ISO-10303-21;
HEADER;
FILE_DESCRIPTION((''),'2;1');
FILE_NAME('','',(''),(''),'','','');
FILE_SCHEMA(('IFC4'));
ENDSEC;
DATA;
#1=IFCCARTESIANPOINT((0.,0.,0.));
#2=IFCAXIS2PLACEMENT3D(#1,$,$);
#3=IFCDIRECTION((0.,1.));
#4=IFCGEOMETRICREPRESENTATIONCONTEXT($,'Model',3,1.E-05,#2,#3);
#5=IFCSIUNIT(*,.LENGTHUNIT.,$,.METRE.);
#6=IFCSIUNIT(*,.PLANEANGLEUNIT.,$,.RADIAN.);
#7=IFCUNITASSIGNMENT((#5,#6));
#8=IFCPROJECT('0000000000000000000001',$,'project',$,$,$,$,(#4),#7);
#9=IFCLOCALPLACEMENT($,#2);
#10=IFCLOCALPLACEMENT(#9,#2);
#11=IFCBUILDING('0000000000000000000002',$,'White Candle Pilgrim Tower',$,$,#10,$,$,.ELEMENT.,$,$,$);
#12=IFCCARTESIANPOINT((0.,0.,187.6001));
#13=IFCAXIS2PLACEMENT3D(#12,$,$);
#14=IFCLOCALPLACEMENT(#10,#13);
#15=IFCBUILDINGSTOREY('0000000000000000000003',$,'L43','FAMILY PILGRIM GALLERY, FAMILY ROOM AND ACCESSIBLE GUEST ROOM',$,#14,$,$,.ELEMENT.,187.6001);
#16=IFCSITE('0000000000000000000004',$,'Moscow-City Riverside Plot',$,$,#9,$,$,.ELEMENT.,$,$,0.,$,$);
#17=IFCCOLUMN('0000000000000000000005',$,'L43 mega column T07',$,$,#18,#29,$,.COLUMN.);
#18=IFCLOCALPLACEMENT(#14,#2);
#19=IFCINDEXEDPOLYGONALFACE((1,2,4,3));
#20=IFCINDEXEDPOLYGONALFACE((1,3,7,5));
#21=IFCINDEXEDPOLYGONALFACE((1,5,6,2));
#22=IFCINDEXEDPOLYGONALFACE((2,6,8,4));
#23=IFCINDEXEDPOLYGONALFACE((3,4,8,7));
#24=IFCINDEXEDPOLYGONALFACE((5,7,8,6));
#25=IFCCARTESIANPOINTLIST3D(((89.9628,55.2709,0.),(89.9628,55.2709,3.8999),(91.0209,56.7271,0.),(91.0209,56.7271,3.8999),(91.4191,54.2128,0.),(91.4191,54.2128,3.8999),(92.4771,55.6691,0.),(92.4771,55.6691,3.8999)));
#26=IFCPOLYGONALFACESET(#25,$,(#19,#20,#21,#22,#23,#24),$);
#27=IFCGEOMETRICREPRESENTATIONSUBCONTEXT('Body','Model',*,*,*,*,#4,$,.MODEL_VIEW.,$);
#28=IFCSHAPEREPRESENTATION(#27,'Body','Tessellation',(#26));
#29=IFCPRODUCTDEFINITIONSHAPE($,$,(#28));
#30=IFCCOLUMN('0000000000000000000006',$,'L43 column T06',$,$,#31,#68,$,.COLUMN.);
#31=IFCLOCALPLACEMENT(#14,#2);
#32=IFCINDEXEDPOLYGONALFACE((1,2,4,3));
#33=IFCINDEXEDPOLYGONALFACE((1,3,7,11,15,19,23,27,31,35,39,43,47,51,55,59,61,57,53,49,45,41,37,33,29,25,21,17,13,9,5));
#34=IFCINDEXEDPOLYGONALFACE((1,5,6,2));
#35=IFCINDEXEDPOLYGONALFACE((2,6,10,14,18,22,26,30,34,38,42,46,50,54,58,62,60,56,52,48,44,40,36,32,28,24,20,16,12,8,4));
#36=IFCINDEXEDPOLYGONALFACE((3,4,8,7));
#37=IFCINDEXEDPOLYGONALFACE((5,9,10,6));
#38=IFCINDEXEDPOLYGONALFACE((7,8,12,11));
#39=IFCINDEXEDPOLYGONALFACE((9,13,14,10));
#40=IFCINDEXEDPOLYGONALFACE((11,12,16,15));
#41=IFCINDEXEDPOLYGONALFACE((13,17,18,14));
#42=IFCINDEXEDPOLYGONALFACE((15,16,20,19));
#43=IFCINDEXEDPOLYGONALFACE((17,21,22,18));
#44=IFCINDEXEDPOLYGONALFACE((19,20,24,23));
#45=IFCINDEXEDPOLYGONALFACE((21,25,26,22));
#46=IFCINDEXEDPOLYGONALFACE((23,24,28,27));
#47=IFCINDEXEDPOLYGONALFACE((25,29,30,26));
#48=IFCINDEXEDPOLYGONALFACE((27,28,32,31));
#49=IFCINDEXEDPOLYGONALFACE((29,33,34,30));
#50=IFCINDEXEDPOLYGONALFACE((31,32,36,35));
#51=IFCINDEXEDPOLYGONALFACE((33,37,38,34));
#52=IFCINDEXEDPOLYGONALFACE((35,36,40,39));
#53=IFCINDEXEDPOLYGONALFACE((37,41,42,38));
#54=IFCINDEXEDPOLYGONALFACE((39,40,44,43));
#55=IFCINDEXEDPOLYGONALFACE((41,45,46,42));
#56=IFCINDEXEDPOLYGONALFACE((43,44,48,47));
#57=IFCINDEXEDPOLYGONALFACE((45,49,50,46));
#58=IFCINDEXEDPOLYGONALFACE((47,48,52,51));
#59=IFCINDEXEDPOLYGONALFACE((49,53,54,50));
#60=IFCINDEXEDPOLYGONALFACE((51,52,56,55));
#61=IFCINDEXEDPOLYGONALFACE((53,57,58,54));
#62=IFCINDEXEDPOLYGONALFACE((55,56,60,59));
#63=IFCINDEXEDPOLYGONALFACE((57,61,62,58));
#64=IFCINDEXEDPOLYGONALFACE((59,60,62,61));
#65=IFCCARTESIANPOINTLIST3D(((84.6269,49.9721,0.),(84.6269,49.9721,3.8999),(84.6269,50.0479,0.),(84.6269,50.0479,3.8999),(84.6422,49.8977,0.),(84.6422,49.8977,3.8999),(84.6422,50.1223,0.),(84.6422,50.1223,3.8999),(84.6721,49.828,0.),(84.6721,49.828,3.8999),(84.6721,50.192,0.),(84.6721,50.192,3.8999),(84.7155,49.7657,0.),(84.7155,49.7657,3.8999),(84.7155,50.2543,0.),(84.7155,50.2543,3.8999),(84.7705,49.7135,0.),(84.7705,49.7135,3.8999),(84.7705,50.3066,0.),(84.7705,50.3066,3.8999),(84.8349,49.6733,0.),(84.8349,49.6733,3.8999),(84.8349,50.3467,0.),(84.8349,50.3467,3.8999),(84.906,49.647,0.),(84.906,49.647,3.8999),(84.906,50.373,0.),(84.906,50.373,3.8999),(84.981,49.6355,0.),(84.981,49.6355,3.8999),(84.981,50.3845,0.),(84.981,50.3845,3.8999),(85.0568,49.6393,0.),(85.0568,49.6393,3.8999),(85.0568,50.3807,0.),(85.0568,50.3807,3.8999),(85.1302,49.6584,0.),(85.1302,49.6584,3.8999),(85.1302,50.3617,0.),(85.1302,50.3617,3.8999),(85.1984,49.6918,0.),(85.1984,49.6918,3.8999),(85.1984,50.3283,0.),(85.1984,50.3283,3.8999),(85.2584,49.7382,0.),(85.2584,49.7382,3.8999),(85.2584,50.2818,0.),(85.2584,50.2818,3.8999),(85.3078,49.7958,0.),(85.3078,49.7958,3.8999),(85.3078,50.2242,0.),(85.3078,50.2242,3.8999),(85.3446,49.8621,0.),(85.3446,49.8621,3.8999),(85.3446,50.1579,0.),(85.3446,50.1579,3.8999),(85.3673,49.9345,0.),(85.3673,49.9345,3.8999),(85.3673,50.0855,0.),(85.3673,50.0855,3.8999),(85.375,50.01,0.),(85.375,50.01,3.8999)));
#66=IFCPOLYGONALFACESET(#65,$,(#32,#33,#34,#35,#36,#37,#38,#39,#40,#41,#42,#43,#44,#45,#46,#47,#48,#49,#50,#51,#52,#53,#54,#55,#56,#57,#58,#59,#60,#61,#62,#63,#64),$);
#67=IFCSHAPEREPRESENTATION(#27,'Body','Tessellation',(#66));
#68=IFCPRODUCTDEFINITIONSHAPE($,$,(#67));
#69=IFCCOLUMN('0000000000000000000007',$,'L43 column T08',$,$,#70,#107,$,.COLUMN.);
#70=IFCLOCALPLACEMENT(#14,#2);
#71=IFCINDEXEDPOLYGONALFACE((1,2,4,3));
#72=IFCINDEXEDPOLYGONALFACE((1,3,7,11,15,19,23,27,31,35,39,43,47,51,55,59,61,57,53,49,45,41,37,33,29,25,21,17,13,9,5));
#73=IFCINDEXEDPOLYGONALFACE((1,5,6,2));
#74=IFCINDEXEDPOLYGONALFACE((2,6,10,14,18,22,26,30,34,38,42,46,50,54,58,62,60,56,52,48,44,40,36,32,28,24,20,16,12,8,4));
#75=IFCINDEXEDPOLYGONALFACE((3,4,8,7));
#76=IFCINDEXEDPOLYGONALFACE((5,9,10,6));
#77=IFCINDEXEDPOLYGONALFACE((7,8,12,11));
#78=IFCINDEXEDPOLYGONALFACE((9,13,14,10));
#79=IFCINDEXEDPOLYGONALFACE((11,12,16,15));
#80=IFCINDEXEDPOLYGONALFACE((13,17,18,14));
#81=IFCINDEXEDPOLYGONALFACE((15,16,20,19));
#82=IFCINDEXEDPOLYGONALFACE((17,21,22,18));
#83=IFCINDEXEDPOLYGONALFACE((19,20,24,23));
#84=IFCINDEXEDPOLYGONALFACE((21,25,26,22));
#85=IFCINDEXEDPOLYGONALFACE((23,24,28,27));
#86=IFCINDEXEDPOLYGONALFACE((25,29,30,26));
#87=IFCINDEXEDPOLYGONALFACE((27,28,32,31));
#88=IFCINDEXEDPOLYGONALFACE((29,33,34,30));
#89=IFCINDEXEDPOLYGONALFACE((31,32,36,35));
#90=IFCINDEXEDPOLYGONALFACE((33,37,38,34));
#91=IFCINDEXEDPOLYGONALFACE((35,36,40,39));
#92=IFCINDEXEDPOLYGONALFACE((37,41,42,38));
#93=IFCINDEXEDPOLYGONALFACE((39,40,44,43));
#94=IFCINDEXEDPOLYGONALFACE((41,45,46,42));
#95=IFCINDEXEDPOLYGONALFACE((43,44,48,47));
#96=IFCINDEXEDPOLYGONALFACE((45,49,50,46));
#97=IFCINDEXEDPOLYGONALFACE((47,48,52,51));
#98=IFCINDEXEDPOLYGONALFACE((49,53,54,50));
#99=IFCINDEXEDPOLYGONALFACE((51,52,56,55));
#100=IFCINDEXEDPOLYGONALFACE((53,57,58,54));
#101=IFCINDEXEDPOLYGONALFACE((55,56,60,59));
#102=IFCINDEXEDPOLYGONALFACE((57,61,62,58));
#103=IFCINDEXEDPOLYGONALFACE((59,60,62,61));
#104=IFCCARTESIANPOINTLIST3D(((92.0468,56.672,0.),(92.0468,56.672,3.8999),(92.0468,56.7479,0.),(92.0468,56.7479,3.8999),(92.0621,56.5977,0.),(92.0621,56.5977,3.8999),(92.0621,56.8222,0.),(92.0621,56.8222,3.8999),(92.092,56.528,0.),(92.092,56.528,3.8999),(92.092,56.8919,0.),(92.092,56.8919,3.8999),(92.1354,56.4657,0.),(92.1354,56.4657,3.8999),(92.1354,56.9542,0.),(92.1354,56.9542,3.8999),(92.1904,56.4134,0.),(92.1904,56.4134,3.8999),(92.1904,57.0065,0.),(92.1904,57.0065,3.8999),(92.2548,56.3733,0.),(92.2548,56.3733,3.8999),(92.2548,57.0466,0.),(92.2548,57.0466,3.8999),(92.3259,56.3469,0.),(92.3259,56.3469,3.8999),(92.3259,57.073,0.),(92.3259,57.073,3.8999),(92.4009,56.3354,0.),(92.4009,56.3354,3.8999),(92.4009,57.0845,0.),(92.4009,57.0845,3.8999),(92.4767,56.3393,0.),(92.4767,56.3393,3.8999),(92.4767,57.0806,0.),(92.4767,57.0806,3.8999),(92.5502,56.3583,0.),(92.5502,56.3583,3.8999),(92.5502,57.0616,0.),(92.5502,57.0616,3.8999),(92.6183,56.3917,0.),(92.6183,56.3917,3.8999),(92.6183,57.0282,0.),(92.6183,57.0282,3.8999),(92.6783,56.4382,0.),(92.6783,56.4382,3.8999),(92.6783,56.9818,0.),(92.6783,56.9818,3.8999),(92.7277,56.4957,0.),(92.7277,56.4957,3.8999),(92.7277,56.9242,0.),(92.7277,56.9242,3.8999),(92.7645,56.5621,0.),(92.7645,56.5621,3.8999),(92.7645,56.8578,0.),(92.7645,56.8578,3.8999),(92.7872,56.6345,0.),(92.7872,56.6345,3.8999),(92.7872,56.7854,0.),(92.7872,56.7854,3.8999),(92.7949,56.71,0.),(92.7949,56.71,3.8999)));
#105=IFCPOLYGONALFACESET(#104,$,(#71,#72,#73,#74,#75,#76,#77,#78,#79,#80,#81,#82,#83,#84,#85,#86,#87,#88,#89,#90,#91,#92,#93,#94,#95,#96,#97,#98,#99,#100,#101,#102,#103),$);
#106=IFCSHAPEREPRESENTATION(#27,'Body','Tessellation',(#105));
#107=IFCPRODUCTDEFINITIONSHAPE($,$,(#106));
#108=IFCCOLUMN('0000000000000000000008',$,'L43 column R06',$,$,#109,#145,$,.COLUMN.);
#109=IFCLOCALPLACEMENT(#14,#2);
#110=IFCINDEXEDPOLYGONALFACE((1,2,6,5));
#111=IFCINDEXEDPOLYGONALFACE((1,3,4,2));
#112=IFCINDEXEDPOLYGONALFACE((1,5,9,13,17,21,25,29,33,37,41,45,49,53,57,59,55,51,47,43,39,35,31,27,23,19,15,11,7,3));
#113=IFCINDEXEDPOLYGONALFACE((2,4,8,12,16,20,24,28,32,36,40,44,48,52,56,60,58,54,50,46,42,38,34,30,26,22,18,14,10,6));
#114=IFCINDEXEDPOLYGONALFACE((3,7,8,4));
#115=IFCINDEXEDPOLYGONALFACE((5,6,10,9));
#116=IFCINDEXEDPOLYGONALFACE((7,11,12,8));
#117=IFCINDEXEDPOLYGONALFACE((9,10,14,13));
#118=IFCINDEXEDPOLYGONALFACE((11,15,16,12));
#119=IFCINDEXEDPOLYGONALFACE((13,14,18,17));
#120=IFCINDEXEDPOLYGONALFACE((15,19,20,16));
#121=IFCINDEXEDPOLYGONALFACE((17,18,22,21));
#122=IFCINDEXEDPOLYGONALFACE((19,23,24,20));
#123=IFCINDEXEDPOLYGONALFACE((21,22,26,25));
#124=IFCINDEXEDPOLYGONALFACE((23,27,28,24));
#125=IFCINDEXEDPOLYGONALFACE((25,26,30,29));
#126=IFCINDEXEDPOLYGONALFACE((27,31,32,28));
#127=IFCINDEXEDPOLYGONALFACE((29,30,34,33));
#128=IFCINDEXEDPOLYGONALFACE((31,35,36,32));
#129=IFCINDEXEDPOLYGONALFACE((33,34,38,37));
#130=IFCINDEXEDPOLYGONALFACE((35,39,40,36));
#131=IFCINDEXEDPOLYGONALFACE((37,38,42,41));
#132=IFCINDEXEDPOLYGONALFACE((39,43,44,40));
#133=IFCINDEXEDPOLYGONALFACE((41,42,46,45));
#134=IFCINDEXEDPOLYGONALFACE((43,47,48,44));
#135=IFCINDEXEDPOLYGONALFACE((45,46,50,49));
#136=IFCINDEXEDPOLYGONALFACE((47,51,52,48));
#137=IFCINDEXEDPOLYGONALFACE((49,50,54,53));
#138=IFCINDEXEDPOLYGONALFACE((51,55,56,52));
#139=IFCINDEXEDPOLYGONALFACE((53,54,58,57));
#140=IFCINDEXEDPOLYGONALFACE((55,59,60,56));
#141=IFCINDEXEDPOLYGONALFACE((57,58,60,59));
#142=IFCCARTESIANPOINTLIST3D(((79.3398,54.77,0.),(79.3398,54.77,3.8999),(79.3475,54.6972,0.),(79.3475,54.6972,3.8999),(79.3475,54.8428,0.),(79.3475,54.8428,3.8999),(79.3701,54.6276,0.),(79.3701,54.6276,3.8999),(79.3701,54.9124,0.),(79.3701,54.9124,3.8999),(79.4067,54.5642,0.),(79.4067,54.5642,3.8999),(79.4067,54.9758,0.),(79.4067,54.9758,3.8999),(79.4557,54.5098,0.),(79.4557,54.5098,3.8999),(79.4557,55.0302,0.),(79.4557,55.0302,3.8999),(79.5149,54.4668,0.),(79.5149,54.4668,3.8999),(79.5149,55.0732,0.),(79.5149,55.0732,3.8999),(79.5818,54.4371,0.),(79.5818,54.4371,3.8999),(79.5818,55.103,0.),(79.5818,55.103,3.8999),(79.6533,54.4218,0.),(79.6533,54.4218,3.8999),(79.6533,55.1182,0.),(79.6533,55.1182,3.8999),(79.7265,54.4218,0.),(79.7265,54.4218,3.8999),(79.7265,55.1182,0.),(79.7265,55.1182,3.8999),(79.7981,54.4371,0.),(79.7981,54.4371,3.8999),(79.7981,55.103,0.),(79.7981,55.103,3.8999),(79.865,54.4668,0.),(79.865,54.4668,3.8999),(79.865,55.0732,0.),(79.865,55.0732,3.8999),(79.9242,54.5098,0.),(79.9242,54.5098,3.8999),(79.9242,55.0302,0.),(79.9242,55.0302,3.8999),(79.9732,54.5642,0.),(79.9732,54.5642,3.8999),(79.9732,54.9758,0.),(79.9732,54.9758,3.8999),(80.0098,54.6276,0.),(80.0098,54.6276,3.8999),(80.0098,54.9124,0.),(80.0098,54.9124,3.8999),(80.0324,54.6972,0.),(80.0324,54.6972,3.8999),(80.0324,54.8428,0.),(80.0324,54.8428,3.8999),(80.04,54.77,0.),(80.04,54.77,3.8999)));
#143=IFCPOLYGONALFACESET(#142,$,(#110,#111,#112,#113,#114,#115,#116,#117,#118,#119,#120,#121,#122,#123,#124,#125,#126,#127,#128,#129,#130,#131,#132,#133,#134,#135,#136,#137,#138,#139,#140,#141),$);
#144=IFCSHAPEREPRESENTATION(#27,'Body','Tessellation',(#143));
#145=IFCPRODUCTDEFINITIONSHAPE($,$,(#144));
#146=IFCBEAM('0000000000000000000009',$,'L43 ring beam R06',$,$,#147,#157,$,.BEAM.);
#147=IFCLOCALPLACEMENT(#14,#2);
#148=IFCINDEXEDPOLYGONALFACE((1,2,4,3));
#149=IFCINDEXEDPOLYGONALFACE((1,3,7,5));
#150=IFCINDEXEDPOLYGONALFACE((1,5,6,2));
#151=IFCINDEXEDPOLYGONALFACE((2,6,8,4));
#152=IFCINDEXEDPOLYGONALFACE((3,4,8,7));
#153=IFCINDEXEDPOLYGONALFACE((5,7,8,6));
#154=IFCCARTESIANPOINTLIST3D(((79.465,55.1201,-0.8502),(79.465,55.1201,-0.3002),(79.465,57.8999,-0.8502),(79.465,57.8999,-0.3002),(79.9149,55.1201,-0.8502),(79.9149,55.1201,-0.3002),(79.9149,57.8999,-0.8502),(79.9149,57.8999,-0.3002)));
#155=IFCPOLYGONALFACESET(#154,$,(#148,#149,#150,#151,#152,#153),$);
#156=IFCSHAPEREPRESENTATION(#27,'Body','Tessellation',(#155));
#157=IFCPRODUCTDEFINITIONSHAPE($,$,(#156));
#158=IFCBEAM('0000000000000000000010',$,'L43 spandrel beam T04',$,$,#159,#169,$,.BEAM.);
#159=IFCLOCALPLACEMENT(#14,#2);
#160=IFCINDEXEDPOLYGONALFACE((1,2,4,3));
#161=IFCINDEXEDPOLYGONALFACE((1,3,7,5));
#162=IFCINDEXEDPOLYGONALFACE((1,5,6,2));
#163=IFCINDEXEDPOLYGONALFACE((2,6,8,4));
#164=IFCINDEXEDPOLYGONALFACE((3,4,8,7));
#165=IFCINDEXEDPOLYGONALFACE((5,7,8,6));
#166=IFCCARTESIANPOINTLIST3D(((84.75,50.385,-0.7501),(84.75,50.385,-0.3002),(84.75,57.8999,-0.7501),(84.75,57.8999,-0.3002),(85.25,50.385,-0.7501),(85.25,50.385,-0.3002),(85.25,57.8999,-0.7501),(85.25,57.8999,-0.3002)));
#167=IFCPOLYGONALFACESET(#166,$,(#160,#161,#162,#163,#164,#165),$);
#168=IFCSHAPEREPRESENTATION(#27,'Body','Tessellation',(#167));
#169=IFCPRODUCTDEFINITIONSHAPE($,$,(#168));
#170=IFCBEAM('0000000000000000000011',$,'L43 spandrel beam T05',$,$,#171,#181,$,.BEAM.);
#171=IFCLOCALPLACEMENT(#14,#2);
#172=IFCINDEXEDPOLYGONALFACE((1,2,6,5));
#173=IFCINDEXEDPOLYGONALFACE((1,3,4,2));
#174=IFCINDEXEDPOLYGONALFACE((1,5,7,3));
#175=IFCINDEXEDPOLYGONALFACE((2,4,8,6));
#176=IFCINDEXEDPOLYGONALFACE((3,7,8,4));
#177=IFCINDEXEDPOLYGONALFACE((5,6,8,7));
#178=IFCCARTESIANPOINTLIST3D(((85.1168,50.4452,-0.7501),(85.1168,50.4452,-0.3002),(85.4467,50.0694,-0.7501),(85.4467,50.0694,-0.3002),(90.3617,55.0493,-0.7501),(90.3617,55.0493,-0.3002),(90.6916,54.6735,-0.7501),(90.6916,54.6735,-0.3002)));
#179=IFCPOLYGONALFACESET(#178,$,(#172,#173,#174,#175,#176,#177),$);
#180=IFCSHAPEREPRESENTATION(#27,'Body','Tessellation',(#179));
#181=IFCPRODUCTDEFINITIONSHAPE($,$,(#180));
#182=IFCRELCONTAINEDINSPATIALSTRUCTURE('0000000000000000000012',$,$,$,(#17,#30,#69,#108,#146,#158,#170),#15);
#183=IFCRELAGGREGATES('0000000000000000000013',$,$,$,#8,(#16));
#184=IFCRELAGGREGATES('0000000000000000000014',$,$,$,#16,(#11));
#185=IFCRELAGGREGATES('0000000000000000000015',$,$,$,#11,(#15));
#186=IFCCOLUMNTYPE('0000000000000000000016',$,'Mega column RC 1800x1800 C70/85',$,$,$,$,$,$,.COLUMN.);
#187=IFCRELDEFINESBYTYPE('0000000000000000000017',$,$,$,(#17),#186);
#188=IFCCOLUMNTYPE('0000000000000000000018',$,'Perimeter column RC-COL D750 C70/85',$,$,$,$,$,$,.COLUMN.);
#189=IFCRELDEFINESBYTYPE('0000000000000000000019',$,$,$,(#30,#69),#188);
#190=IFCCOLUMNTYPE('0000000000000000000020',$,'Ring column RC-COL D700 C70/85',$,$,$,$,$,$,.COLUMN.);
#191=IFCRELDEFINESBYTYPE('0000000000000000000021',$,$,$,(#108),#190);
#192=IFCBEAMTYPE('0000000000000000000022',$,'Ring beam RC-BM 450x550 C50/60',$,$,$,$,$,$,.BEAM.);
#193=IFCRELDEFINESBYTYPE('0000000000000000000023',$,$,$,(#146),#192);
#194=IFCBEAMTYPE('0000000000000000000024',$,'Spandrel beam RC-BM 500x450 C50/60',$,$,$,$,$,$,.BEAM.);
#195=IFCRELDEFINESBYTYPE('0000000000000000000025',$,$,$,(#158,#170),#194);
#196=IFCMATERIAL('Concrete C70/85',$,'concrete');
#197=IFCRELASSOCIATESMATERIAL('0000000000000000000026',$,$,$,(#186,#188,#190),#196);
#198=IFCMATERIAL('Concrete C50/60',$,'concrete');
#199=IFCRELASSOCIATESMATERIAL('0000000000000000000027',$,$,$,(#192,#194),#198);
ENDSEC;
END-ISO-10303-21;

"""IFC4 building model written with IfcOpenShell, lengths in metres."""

from ifc_helpers import new_model, si_unit, direction, frame, origin, origin_2d, place, context, subcontext, project, spatial, rectangle, circle, extrude, material, material_profile, profile_set, type_object, element, save


model = new_model("IFC4")

# Units and contexts
model_context = context("Model", 3, precision=1e-05, world=origin(), true_north=direction((0.0, 1.0)))
body_context = subcontext(model_context, "Body", "Model", "MODEL_VIEW")
ifc_project = project(units=[si_unit("LENGTHUNIT", "METRE"), si_unit("PLANEANGLEUNIT", "RADIAN")], contexts=[model_context])

# Site, building, storey
site_placement = place(None, origin())
site = spatial("IfcSite", under=ifc_project, at=site_placement, Name="Moscow-City Riverside Plot", CompositionType="ELEMENT", RefElevation=0.0)
building_placement = place(site_placement, origin())
building = spatial("IfcBuilding", under=site, at=building_placement, Name="White Candle Pilgrim Tower", CompositionType="ELEMENT")
storey_placement = place(building_placement, frame((0.0, 0.0, 187.6001)))
storey = spatial("IfcBuildingStorey", under=building, at=storey_placement, Name="L43", Description="FAMILY PILGRIM GALLERY, FAMILY ROOM AND ACCESSIBLE GUEST ROOM", CompositionType="ELEMENT", Elevation=187.6001)

# Columns
ifc_material_1 = material(Name="Concrete C70/85", Category="concrete")
ifc_material_profile_1 = material_profile(ifc_material_1, rectangle(XDim=1.8, YDim=1.8, at=origin_2d()), Name="RC 1800x1800")
ifc_profile_set_1 = profile_set([ifc_material_profile_1], Name="Concrete C70/85")
column_type_1 = type_object("IfcColumnType", Name="Mega column RC 1800x1800 C70/85", PredefinedType="COLUMN", material=ifc_profile_set_1)
column_1_placement = place(storey_placement, frame((91.22, 55.47, 0.0), z_axis=(0.0, 0.0, 1.0), x_axis=(0.809017, -0.587785, 0.0)))
element("IfcColumn", 1, at=column_1_placement, inside=storey, type_object=column_type_1, Name="L43 mega column T07", PredefinedType="COLUMN", context=body_context, shape_type="SweptSolid", body=[
    extrude(rectangle(XDim=1.8, YDim=1.8, at=origin_2d()), origin(), (0.0, 0.0, 1.0), 3.8999),
])
ifc_material_profile_2 = material_profile(ifc_material_1, circle(Radius=0.375, at=origin_2d()), Name="RC-COL D750")
ifc_profile_set_2 = profile_set([ifc_material_profile_2], Name="Concrete C70/85")
column_type_2 = type_object("IfcColumnType", Name="Perimeter column RC-COL D750 C70/85", PredefinedType="COLUMN", material=ifc_profile_set_2)
for number, where, z_axis, x_axis, name in (
    (2, (85.0, 50.01, 0.0), (0.0, 0.0, 1.0), (1.0, 0.0, 0.0), "L43 column T06"),
    (3, (92.4199, 56.71, 0.0), (0.0, 0.0, 1.0), (1.0, 0.0, 0.0), "L43 column T08"),
):
    element("IfcColumn", number, at=place(storey_placement, frame(where, z_axis=z_axis, x_axis=x_axis)), inside=storey, type_object=column_type_2, Name=name, PredefinedType="COLUMN", context=body_context, shape_type="SweptSolid", body=[
        extrude(circle(Radius=0.375, at=origin_2d()), origin(), (0.0, 0.0, 1.0), 3.8999),
    ])
ifc_material_profile_3 = material_profile(ifc_material_1, circle(Radius=0.3501, at=origin_2d()), Name="RC-COL D700")
ifc_profile_set_3 = profile_set([ifc_material_profile_3], Name="Concrete C70/85")
column_type_3 = type_object("IfcColumnType", Name="Ring column RC-COL D700 C70/85", PredefinedType="COLUMN", material=ifc_profile_set_3)
column_2_placement = place(storey_placement, frame((79.6899, 54.77, 0.0), z_axis=(0.0, 0.0, 1.0), x_axis=(1.0, 0.0, 0.0)))
element("IfcColumn", 4, at=column_2_placement, inside=storey, type_object=column_type_3, Name="L43 column R06", PredefinedType="COLUMN", context=body_context, shape_type="SweptSolid", body=[
    extrude(circle(Radius=0.3501, at=origin_2d()), origin(), (0.0, 0.0, 1.0), 3.8999),
])

# Beams
ifc_material_2 = material(Name="Concrete C50/60", Category="concrete")
ifc_material_profile_4 = material_profile(ifc_material_2, rectangle(XDim=0.45, YDim=0.55, at=origin_2d()), Name="RC-BM 450x550")
ifc_profile_set_4 = profile_set([ifc_material_profile_4], Name="Concrete C50/60")
beam_type_1 = type_object("IfcBeamType", Name="Ring beam RC-BM 450x550 C50/60", PredefinedType="BEAM", material=ifc_profile_set_4)
beam_1_placement = place(storey_placement, frame((79.6899, 55.1201, -0.5752), z_axis=(0.0, 1.0, 0.0), x_axis=(-1.0, 0.0, 0.0)))
element("IfcBeam", 5, at=beam_1_placement, inside=storey, type_object=beam_type_1, Name="L43 ring beam R06", PredefinedType="BEAM", context=body_context, shape_type="SweptSolid", body=[
    extrude(rectangle(XDim=0.45, YDim=0.55, at=origin_2d()), origin(), (0.0, 0.0, 1.0), 2.7798),
])
ifc_material_profile_5 = material_profile(ifc_material_2, rectangle(XDim=0.5, YDim=0.45, at=origin_2d()), Name="RC-BM 500x450")
ifc_profile_set_5 = profile_set([ifc_material_profile_5], Name="Concrete C50/60")
beam_type_2 = type_object("IfcBeamType", Name="Spandrel beam RC-BM 500x450 C50/60", PredefinedType="BEAM", material=ifc_profile_set_5)
beam_2_placement = place(storey_placement, frame((85.0, 50.385, -0.5251), z_axis=(0.0, 1.0, 0.0), x_axis=(-1.0, 0.0, 0.0)))
element("IfcBeam", 6, at=beam_2_placement, inside=storey, type_object=beam_type_2, Name="L43 spandrel beam T04", PredefinedType="BEAM", context=body_context, shape_type="SweptSolid", body=[
    extrude(rectangle(XDim=0.5, YDim=0.45, at=origin_2d()), origin(), (0.0, 0.0, 1.0), 7.5149),
])
beam_3_placement = place(storey_placement, frame((85.2817, 50.2573, -0.5251), z_axis=(0.751529, 0.6597, 0.0), x_axis=(-0.6597, 0.751529, 0.0)))
element("IfcBeam", 7, at=beam_3_placement, inside=storey, type_object=beam_type_2, Name="L43 spandrel beam T05", PredefinedType="BEAM", context=body_context, shape_type="SweptSolid", body=[
    extrude(rectangle(XDim=0.5, YDim=0.45, at=origin_2d()), origin(), (0.0, 0.0, 1.0), 6.979),
])

save(model, "model.ifc")
